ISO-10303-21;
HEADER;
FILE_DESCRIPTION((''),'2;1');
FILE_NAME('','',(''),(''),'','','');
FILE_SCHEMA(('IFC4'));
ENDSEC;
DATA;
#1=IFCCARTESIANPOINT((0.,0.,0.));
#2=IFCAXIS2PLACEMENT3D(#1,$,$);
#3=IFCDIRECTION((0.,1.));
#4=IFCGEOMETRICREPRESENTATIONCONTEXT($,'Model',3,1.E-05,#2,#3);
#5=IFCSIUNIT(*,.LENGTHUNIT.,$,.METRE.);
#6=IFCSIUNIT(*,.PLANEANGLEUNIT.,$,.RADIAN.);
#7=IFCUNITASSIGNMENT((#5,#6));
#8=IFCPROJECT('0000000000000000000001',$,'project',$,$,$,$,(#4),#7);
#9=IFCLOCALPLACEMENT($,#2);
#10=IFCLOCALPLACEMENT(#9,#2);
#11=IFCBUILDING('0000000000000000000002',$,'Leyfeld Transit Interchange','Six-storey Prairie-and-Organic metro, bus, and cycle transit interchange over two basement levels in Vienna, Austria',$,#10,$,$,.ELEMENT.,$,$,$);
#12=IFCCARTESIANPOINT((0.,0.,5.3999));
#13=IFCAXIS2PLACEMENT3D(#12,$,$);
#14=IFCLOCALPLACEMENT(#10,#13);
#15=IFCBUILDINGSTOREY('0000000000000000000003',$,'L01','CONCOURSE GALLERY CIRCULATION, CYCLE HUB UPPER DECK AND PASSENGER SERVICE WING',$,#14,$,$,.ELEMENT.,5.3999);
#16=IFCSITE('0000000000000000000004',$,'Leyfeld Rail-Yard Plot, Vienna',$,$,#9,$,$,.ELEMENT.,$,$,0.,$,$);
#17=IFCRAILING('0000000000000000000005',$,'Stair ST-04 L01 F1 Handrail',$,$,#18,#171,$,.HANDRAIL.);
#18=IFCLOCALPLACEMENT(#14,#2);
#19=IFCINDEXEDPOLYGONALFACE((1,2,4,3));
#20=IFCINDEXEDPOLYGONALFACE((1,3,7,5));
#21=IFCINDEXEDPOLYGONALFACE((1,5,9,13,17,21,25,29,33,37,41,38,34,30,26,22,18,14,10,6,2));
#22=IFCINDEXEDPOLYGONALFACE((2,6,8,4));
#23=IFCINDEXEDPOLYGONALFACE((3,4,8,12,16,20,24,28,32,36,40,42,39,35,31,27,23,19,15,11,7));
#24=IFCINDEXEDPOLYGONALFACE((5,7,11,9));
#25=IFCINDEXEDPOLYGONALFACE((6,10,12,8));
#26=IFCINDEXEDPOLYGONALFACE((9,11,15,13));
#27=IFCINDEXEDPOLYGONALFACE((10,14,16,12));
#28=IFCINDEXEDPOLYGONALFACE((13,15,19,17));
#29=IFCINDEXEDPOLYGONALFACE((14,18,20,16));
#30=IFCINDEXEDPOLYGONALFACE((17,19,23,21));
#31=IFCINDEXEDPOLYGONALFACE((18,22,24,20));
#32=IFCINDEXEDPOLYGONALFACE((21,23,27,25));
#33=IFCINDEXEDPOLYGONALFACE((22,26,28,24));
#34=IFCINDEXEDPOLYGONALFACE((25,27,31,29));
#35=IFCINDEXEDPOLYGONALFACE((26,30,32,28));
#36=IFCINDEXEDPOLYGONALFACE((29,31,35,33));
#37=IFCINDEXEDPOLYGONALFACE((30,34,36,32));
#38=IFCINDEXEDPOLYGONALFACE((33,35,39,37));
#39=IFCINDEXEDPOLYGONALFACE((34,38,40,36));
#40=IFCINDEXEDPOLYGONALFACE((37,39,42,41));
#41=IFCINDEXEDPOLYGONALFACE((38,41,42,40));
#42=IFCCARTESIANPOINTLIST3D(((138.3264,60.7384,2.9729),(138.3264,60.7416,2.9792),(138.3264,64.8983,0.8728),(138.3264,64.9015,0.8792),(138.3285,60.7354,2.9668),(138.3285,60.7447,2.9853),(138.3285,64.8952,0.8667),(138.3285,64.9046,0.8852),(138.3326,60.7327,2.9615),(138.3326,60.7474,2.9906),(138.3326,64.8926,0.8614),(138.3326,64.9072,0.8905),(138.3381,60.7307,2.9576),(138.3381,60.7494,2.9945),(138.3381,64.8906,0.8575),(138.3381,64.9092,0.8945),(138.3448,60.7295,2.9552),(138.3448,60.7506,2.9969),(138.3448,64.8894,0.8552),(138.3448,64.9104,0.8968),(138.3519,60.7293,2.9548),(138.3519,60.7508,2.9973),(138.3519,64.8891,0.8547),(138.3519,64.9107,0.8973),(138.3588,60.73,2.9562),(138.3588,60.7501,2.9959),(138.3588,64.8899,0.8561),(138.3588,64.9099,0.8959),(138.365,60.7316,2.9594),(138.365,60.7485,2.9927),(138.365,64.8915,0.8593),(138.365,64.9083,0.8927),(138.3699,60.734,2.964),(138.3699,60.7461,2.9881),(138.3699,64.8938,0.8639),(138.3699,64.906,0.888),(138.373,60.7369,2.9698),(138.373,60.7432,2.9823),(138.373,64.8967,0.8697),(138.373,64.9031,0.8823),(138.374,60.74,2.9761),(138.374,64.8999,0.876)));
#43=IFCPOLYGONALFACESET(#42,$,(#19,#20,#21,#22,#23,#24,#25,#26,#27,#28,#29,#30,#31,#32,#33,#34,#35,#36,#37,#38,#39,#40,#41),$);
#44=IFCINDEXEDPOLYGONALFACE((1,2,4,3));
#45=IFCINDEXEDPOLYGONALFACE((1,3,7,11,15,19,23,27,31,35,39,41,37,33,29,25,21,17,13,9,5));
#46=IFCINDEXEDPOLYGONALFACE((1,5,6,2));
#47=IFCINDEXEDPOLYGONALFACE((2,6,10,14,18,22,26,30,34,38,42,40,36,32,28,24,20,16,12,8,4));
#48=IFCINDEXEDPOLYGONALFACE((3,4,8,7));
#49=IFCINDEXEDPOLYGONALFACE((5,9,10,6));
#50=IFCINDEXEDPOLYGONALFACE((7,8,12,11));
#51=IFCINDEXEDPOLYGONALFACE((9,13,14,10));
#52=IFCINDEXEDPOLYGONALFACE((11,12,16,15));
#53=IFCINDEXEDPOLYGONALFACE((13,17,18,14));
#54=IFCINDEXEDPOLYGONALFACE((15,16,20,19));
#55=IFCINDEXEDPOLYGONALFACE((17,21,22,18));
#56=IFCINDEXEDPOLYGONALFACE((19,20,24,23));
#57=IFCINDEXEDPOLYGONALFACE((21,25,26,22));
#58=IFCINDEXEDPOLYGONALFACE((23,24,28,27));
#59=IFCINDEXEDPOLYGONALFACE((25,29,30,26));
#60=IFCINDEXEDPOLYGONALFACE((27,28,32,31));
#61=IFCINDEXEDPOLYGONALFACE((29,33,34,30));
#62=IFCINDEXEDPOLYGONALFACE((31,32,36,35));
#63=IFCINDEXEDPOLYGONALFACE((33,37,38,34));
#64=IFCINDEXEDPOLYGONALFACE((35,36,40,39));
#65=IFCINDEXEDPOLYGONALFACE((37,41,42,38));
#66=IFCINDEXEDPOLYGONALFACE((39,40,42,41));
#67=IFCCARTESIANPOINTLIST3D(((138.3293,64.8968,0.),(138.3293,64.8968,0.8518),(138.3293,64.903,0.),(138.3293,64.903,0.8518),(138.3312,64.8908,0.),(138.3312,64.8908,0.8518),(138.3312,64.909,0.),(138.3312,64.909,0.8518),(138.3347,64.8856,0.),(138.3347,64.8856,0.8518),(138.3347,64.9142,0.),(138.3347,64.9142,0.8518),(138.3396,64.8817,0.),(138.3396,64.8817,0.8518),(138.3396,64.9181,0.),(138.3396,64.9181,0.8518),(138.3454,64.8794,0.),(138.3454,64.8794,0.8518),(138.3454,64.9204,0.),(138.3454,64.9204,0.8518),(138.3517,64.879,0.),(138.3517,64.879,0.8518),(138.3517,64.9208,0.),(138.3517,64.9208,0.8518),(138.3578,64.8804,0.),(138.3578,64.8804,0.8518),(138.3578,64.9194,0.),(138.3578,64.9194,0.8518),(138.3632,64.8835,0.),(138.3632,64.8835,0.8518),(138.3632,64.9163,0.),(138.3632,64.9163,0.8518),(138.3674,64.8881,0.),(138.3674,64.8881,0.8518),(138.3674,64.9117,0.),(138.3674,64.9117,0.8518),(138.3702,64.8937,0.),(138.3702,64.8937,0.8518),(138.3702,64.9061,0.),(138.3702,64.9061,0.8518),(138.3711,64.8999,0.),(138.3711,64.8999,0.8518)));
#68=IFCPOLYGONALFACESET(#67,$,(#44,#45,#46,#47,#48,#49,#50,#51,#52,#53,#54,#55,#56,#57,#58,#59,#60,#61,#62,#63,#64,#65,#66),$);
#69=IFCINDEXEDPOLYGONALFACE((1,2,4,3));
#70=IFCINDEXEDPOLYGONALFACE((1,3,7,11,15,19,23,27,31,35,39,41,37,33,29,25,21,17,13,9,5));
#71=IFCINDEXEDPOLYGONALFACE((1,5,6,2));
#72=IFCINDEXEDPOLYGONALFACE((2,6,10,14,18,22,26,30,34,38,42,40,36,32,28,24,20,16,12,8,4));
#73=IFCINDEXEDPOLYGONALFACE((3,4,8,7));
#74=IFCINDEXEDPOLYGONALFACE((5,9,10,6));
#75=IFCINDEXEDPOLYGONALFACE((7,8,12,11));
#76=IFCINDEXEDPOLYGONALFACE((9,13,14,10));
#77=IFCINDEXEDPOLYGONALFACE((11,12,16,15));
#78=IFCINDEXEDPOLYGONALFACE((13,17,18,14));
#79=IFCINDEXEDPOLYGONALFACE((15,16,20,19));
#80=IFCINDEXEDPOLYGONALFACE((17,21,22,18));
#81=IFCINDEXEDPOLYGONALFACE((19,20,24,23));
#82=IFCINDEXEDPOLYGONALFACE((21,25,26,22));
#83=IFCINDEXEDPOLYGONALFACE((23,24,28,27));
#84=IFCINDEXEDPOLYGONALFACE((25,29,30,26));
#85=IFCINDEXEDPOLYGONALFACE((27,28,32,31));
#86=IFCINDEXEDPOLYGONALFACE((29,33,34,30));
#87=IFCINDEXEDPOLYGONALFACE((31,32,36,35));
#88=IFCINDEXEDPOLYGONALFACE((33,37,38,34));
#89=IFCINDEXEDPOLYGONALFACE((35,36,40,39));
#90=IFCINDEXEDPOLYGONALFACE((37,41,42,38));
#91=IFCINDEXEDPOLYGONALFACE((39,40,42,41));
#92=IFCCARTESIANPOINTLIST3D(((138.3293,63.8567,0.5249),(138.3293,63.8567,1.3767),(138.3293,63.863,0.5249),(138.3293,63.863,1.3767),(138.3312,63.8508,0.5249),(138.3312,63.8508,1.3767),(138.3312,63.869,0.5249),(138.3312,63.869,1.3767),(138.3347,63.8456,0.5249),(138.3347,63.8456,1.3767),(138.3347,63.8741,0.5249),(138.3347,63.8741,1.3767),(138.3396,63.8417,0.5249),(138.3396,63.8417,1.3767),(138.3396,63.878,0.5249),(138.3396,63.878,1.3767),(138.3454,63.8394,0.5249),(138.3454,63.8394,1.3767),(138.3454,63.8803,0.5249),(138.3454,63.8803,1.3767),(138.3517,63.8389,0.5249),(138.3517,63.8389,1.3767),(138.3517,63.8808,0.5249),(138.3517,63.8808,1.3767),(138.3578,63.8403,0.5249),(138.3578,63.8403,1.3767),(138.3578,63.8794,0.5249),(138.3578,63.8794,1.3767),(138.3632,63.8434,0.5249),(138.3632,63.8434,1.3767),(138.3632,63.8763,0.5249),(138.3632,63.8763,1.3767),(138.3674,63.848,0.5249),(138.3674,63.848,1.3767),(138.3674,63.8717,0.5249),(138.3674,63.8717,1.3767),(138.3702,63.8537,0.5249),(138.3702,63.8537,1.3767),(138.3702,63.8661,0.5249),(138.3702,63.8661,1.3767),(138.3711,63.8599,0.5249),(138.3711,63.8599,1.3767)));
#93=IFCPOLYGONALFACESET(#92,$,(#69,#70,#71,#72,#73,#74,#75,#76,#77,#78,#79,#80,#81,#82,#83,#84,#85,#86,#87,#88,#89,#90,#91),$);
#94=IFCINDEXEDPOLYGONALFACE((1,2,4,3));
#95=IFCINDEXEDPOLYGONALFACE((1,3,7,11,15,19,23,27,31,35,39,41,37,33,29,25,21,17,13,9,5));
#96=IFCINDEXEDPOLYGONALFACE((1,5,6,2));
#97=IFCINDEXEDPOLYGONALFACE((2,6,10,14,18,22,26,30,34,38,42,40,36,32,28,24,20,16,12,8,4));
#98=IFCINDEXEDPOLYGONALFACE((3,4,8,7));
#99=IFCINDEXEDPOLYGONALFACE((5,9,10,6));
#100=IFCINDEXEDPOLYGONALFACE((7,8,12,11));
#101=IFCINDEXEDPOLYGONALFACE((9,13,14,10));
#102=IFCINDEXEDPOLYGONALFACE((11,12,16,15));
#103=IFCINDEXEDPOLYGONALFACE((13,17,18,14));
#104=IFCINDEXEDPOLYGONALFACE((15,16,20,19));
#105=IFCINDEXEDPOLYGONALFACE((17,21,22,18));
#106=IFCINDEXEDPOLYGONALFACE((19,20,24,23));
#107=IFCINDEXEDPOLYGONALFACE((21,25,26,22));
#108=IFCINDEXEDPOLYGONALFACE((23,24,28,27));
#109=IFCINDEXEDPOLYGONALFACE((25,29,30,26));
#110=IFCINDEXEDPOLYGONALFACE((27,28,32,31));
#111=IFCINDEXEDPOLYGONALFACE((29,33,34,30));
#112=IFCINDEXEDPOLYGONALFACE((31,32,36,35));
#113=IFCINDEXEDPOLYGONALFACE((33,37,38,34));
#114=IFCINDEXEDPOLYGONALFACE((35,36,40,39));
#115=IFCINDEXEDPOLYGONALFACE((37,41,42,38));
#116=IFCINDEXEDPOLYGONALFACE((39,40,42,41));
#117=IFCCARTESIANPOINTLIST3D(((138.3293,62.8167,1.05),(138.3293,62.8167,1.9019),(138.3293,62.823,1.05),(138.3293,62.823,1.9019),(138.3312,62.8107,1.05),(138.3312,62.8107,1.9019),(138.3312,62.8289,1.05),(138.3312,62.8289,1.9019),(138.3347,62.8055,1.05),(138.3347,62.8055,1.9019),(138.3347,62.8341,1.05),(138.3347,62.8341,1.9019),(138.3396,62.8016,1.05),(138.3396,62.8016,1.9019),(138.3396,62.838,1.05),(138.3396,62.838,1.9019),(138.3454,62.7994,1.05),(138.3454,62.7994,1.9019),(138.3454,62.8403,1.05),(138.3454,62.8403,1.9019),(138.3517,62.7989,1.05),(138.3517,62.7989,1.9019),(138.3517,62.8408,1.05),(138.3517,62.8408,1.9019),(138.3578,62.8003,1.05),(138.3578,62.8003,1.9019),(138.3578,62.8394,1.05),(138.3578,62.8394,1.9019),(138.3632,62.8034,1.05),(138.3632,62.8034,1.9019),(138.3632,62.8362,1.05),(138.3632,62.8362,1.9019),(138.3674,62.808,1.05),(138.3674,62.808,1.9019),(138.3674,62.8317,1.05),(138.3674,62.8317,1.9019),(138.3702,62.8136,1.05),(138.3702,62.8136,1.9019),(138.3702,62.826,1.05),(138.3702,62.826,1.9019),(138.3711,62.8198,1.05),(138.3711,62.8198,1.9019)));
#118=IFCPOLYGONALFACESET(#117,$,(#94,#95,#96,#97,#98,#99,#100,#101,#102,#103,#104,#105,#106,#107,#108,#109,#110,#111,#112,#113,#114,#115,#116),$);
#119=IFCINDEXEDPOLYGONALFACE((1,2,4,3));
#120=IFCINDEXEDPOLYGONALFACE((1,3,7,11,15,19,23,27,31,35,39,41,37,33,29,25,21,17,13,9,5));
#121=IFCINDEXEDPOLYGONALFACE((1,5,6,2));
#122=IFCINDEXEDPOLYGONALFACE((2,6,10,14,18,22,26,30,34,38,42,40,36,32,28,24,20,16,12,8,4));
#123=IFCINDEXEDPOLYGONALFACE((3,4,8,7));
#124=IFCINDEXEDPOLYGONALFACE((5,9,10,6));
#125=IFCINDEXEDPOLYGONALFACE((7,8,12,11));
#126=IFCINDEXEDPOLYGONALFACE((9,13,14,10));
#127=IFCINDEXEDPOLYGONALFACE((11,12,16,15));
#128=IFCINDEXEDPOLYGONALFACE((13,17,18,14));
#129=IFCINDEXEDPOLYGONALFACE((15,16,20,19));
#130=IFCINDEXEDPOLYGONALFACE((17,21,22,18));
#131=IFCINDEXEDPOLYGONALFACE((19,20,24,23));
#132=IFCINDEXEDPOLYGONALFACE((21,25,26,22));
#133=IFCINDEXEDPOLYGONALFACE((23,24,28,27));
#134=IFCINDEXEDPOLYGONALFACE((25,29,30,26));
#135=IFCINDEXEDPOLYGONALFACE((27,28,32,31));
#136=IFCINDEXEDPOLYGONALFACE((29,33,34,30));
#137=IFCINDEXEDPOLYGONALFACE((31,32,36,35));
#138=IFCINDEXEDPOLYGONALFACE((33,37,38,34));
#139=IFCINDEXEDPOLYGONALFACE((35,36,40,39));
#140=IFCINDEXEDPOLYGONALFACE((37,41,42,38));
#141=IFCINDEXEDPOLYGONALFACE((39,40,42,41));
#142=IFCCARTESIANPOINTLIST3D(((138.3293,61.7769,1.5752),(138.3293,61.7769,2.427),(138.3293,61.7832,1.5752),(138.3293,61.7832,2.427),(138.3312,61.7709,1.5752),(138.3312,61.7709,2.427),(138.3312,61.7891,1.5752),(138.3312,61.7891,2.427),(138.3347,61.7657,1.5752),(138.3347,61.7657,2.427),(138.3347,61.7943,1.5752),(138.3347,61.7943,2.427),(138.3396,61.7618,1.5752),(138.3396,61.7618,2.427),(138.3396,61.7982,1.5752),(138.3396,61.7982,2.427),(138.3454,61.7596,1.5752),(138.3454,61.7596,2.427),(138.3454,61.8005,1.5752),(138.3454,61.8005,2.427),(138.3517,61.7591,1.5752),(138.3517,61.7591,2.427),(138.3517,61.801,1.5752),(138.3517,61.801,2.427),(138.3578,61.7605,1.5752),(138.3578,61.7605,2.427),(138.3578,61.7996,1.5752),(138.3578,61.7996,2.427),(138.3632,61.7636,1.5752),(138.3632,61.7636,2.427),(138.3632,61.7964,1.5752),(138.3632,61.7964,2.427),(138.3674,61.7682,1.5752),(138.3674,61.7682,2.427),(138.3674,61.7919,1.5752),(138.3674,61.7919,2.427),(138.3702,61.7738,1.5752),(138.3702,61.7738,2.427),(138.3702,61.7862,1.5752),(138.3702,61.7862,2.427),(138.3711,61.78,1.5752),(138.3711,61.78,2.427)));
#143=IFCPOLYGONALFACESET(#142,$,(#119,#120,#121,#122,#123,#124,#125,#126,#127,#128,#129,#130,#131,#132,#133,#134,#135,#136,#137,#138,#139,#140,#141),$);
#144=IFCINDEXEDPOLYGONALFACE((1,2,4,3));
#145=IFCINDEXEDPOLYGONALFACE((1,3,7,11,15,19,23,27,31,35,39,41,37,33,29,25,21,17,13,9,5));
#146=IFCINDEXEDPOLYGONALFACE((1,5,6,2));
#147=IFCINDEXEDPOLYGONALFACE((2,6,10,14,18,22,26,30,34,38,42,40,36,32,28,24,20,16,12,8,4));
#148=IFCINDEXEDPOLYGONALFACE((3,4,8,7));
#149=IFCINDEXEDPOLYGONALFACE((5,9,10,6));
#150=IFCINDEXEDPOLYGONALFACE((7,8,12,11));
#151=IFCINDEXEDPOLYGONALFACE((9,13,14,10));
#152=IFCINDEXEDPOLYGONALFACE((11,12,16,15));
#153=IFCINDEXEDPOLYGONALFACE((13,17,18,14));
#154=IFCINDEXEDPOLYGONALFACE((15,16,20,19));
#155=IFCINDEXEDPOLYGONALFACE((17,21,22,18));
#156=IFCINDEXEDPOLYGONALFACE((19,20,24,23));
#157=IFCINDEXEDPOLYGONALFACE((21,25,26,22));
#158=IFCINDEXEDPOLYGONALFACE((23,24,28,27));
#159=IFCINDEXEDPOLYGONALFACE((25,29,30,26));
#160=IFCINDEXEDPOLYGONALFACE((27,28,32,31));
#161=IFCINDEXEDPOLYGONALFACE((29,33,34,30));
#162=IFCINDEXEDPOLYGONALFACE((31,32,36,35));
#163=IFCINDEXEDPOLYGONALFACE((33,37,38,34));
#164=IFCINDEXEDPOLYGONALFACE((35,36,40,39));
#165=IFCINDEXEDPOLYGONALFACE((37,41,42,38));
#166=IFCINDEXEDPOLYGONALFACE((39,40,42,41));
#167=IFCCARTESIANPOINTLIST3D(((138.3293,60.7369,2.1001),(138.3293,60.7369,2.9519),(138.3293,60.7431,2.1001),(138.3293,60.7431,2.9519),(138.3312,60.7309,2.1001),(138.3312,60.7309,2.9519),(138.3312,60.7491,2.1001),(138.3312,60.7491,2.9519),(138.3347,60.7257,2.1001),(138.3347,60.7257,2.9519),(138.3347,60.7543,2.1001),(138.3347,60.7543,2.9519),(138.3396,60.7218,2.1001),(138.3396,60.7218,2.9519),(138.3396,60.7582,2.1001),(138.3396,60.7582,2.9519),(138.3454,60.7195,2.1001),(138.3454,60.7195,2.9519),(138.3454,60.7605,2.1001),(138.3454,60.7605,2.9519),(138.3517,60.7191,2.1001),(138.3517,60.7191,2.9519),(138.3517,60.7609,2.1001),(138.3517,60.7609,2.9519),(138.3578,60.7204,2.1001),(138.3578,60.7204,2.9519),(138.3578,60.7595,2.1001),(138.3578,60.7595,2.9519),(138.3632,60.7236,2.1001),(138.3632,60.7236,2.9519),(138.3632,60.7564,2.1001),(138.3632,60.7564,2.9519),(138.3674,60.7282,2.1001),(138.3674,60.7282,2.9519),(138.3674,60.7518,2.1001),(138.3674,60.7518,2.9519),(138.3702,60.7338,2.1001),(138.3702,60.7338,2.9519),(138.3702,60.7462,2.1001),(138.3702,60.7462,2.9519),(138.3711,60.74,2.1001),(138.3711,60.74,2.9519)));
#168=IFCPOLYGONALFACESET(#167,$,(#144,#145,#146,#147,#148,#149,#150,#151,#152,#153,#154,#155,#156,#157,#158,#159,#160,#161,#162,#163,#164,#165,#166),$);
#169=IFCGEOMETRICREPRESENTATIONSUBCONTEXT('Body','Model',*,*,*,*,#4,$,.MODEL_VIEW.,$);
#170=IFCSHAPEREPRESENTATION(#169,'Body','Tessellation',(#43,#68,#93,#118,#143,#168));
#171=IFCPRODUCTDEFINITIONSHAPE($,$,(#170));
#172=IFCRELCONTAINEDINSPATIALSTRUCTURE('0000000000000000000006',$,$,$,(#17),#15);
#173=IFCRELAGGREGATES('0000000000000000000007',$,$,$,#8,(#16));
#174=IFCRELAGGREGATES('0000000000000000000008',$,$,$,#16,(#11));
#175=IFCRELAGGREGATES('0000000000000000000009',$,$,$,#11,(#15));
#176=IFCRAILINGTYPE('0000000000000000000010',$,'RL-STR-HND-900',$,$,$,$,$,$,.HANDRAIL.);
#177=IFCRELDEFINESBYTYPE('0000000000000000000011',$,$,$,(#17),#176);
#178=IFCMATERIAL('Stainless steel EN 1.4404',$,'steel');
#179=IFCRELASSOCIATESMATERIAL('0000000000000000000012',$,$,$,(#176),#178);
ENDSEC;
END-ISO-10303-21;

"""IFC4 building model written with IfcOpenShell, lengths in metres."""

from ifc_helpers import new_model, si_unit, direction, frame, origin, origin_2d, place, context, subcontext, project, spatial, circle, extrude, material, type_object, element, save


model = new_model("IFC4")

# Units and contexts
model_context = context("Model", 3, precision=1e-05, world=origin(), true_north=direction((0.0, 1.0)))
body_context = subcontext(model_context, "Body", "Model", "MODEL_VIEW")
ifc_project = project(units=[si_unit("LENGTHUNIT", "METRE"), si_unit("PLANEANGLEUNIT", "RADIAN")], contexts=[model_context])

# Site, building, storey
site_placement = place(None, origin())
site = spatial("IfcSite", under=ifc_project, at=site_placement, Name="Leyfeld Rail-Yard Plot, Vienna", CompositionType="ELEMENT", RefElevation=0.0)
building_placement = place(site_placement, origin())
building = spatial("IfcBuilding", under=site, at=building_placement, Name="Leyfeld Transit Interchange", Description="Six-storey Prairie-and-Organic metro, bus, and cycle transit interchange over two basement levels in Vienna, Austria", CompositionType="ELEMENT")
storey_placement = place(building_placement, frame((0.0, 0.0, 5.3999)))
storey = spatial("IfcBuildingStorey", under=building, at=storey_placement, Name="L01", Description="CONCOURSE GALLERY CIRCULATION, CYCLE HUB UPPER DECK AND PASSENGER SERVICE WING", CompositionType="ELEMENT", Elevation=5.3999)

# Railing
ifc_material_1 = material(Name="Stainless steel EN 1.4404", Category="steel")
railing_type_1 = type_object("IfcRailingType", Name="RL-STR-HND-900", PredefinedType="HANDRAIL", material=ifc_material_1)
railing_1_placement = place(storey_placement, frame((138.3501, 64.8999, 0.0)))
element("IfcRailing", 1, at=railing_1_placement, inside=storey, type_object=railing_type_1, Name="Stair ST-04 L01 F1 Handrail", PredefinedType="HANDRAIL", context=body_context, shape_type="SweptSolid", body=[
    extrude(circle(Radius=0.0239, at=origin_2d()), frame((0.0, 0.0, 0.876), z_axis=(0.0, -0.892692, 0.450668), x_axis=(1.0, 0.0, 0.0)), (0.0, 0.0, 1.0), 4.6599),
    extrude(circle(Radius=0.021, at=origin_2d()), origin(), (0.0, 0.0, 1.0), 0.8518),
    extrude(circle(Radius=0.021, at=origin_2d()), frame((0.0, -1.04, 0.5249)), (0.0, 0.0, 1.0), 0.8518),
    extrude(circle(Radius=0.021, at=origin_2d()), frame((0.0, -2.0801, 1.05)), (0.0, 0.0, 1.0), 0.8518),
    extrude(circle(Radius=0.021, at=origin_2d()), frame((0.0, -3.1199, 1.5752)), (0.0, 0.0, 1.0), 0.8518),
    extrude(circle(Radius=0.021, at=origin_2d()), frame((0.0, -4.1599, 2.1001)), (0.0, 0.0, 1.0), 0.8518),
])

save(model, "model.ifc")
